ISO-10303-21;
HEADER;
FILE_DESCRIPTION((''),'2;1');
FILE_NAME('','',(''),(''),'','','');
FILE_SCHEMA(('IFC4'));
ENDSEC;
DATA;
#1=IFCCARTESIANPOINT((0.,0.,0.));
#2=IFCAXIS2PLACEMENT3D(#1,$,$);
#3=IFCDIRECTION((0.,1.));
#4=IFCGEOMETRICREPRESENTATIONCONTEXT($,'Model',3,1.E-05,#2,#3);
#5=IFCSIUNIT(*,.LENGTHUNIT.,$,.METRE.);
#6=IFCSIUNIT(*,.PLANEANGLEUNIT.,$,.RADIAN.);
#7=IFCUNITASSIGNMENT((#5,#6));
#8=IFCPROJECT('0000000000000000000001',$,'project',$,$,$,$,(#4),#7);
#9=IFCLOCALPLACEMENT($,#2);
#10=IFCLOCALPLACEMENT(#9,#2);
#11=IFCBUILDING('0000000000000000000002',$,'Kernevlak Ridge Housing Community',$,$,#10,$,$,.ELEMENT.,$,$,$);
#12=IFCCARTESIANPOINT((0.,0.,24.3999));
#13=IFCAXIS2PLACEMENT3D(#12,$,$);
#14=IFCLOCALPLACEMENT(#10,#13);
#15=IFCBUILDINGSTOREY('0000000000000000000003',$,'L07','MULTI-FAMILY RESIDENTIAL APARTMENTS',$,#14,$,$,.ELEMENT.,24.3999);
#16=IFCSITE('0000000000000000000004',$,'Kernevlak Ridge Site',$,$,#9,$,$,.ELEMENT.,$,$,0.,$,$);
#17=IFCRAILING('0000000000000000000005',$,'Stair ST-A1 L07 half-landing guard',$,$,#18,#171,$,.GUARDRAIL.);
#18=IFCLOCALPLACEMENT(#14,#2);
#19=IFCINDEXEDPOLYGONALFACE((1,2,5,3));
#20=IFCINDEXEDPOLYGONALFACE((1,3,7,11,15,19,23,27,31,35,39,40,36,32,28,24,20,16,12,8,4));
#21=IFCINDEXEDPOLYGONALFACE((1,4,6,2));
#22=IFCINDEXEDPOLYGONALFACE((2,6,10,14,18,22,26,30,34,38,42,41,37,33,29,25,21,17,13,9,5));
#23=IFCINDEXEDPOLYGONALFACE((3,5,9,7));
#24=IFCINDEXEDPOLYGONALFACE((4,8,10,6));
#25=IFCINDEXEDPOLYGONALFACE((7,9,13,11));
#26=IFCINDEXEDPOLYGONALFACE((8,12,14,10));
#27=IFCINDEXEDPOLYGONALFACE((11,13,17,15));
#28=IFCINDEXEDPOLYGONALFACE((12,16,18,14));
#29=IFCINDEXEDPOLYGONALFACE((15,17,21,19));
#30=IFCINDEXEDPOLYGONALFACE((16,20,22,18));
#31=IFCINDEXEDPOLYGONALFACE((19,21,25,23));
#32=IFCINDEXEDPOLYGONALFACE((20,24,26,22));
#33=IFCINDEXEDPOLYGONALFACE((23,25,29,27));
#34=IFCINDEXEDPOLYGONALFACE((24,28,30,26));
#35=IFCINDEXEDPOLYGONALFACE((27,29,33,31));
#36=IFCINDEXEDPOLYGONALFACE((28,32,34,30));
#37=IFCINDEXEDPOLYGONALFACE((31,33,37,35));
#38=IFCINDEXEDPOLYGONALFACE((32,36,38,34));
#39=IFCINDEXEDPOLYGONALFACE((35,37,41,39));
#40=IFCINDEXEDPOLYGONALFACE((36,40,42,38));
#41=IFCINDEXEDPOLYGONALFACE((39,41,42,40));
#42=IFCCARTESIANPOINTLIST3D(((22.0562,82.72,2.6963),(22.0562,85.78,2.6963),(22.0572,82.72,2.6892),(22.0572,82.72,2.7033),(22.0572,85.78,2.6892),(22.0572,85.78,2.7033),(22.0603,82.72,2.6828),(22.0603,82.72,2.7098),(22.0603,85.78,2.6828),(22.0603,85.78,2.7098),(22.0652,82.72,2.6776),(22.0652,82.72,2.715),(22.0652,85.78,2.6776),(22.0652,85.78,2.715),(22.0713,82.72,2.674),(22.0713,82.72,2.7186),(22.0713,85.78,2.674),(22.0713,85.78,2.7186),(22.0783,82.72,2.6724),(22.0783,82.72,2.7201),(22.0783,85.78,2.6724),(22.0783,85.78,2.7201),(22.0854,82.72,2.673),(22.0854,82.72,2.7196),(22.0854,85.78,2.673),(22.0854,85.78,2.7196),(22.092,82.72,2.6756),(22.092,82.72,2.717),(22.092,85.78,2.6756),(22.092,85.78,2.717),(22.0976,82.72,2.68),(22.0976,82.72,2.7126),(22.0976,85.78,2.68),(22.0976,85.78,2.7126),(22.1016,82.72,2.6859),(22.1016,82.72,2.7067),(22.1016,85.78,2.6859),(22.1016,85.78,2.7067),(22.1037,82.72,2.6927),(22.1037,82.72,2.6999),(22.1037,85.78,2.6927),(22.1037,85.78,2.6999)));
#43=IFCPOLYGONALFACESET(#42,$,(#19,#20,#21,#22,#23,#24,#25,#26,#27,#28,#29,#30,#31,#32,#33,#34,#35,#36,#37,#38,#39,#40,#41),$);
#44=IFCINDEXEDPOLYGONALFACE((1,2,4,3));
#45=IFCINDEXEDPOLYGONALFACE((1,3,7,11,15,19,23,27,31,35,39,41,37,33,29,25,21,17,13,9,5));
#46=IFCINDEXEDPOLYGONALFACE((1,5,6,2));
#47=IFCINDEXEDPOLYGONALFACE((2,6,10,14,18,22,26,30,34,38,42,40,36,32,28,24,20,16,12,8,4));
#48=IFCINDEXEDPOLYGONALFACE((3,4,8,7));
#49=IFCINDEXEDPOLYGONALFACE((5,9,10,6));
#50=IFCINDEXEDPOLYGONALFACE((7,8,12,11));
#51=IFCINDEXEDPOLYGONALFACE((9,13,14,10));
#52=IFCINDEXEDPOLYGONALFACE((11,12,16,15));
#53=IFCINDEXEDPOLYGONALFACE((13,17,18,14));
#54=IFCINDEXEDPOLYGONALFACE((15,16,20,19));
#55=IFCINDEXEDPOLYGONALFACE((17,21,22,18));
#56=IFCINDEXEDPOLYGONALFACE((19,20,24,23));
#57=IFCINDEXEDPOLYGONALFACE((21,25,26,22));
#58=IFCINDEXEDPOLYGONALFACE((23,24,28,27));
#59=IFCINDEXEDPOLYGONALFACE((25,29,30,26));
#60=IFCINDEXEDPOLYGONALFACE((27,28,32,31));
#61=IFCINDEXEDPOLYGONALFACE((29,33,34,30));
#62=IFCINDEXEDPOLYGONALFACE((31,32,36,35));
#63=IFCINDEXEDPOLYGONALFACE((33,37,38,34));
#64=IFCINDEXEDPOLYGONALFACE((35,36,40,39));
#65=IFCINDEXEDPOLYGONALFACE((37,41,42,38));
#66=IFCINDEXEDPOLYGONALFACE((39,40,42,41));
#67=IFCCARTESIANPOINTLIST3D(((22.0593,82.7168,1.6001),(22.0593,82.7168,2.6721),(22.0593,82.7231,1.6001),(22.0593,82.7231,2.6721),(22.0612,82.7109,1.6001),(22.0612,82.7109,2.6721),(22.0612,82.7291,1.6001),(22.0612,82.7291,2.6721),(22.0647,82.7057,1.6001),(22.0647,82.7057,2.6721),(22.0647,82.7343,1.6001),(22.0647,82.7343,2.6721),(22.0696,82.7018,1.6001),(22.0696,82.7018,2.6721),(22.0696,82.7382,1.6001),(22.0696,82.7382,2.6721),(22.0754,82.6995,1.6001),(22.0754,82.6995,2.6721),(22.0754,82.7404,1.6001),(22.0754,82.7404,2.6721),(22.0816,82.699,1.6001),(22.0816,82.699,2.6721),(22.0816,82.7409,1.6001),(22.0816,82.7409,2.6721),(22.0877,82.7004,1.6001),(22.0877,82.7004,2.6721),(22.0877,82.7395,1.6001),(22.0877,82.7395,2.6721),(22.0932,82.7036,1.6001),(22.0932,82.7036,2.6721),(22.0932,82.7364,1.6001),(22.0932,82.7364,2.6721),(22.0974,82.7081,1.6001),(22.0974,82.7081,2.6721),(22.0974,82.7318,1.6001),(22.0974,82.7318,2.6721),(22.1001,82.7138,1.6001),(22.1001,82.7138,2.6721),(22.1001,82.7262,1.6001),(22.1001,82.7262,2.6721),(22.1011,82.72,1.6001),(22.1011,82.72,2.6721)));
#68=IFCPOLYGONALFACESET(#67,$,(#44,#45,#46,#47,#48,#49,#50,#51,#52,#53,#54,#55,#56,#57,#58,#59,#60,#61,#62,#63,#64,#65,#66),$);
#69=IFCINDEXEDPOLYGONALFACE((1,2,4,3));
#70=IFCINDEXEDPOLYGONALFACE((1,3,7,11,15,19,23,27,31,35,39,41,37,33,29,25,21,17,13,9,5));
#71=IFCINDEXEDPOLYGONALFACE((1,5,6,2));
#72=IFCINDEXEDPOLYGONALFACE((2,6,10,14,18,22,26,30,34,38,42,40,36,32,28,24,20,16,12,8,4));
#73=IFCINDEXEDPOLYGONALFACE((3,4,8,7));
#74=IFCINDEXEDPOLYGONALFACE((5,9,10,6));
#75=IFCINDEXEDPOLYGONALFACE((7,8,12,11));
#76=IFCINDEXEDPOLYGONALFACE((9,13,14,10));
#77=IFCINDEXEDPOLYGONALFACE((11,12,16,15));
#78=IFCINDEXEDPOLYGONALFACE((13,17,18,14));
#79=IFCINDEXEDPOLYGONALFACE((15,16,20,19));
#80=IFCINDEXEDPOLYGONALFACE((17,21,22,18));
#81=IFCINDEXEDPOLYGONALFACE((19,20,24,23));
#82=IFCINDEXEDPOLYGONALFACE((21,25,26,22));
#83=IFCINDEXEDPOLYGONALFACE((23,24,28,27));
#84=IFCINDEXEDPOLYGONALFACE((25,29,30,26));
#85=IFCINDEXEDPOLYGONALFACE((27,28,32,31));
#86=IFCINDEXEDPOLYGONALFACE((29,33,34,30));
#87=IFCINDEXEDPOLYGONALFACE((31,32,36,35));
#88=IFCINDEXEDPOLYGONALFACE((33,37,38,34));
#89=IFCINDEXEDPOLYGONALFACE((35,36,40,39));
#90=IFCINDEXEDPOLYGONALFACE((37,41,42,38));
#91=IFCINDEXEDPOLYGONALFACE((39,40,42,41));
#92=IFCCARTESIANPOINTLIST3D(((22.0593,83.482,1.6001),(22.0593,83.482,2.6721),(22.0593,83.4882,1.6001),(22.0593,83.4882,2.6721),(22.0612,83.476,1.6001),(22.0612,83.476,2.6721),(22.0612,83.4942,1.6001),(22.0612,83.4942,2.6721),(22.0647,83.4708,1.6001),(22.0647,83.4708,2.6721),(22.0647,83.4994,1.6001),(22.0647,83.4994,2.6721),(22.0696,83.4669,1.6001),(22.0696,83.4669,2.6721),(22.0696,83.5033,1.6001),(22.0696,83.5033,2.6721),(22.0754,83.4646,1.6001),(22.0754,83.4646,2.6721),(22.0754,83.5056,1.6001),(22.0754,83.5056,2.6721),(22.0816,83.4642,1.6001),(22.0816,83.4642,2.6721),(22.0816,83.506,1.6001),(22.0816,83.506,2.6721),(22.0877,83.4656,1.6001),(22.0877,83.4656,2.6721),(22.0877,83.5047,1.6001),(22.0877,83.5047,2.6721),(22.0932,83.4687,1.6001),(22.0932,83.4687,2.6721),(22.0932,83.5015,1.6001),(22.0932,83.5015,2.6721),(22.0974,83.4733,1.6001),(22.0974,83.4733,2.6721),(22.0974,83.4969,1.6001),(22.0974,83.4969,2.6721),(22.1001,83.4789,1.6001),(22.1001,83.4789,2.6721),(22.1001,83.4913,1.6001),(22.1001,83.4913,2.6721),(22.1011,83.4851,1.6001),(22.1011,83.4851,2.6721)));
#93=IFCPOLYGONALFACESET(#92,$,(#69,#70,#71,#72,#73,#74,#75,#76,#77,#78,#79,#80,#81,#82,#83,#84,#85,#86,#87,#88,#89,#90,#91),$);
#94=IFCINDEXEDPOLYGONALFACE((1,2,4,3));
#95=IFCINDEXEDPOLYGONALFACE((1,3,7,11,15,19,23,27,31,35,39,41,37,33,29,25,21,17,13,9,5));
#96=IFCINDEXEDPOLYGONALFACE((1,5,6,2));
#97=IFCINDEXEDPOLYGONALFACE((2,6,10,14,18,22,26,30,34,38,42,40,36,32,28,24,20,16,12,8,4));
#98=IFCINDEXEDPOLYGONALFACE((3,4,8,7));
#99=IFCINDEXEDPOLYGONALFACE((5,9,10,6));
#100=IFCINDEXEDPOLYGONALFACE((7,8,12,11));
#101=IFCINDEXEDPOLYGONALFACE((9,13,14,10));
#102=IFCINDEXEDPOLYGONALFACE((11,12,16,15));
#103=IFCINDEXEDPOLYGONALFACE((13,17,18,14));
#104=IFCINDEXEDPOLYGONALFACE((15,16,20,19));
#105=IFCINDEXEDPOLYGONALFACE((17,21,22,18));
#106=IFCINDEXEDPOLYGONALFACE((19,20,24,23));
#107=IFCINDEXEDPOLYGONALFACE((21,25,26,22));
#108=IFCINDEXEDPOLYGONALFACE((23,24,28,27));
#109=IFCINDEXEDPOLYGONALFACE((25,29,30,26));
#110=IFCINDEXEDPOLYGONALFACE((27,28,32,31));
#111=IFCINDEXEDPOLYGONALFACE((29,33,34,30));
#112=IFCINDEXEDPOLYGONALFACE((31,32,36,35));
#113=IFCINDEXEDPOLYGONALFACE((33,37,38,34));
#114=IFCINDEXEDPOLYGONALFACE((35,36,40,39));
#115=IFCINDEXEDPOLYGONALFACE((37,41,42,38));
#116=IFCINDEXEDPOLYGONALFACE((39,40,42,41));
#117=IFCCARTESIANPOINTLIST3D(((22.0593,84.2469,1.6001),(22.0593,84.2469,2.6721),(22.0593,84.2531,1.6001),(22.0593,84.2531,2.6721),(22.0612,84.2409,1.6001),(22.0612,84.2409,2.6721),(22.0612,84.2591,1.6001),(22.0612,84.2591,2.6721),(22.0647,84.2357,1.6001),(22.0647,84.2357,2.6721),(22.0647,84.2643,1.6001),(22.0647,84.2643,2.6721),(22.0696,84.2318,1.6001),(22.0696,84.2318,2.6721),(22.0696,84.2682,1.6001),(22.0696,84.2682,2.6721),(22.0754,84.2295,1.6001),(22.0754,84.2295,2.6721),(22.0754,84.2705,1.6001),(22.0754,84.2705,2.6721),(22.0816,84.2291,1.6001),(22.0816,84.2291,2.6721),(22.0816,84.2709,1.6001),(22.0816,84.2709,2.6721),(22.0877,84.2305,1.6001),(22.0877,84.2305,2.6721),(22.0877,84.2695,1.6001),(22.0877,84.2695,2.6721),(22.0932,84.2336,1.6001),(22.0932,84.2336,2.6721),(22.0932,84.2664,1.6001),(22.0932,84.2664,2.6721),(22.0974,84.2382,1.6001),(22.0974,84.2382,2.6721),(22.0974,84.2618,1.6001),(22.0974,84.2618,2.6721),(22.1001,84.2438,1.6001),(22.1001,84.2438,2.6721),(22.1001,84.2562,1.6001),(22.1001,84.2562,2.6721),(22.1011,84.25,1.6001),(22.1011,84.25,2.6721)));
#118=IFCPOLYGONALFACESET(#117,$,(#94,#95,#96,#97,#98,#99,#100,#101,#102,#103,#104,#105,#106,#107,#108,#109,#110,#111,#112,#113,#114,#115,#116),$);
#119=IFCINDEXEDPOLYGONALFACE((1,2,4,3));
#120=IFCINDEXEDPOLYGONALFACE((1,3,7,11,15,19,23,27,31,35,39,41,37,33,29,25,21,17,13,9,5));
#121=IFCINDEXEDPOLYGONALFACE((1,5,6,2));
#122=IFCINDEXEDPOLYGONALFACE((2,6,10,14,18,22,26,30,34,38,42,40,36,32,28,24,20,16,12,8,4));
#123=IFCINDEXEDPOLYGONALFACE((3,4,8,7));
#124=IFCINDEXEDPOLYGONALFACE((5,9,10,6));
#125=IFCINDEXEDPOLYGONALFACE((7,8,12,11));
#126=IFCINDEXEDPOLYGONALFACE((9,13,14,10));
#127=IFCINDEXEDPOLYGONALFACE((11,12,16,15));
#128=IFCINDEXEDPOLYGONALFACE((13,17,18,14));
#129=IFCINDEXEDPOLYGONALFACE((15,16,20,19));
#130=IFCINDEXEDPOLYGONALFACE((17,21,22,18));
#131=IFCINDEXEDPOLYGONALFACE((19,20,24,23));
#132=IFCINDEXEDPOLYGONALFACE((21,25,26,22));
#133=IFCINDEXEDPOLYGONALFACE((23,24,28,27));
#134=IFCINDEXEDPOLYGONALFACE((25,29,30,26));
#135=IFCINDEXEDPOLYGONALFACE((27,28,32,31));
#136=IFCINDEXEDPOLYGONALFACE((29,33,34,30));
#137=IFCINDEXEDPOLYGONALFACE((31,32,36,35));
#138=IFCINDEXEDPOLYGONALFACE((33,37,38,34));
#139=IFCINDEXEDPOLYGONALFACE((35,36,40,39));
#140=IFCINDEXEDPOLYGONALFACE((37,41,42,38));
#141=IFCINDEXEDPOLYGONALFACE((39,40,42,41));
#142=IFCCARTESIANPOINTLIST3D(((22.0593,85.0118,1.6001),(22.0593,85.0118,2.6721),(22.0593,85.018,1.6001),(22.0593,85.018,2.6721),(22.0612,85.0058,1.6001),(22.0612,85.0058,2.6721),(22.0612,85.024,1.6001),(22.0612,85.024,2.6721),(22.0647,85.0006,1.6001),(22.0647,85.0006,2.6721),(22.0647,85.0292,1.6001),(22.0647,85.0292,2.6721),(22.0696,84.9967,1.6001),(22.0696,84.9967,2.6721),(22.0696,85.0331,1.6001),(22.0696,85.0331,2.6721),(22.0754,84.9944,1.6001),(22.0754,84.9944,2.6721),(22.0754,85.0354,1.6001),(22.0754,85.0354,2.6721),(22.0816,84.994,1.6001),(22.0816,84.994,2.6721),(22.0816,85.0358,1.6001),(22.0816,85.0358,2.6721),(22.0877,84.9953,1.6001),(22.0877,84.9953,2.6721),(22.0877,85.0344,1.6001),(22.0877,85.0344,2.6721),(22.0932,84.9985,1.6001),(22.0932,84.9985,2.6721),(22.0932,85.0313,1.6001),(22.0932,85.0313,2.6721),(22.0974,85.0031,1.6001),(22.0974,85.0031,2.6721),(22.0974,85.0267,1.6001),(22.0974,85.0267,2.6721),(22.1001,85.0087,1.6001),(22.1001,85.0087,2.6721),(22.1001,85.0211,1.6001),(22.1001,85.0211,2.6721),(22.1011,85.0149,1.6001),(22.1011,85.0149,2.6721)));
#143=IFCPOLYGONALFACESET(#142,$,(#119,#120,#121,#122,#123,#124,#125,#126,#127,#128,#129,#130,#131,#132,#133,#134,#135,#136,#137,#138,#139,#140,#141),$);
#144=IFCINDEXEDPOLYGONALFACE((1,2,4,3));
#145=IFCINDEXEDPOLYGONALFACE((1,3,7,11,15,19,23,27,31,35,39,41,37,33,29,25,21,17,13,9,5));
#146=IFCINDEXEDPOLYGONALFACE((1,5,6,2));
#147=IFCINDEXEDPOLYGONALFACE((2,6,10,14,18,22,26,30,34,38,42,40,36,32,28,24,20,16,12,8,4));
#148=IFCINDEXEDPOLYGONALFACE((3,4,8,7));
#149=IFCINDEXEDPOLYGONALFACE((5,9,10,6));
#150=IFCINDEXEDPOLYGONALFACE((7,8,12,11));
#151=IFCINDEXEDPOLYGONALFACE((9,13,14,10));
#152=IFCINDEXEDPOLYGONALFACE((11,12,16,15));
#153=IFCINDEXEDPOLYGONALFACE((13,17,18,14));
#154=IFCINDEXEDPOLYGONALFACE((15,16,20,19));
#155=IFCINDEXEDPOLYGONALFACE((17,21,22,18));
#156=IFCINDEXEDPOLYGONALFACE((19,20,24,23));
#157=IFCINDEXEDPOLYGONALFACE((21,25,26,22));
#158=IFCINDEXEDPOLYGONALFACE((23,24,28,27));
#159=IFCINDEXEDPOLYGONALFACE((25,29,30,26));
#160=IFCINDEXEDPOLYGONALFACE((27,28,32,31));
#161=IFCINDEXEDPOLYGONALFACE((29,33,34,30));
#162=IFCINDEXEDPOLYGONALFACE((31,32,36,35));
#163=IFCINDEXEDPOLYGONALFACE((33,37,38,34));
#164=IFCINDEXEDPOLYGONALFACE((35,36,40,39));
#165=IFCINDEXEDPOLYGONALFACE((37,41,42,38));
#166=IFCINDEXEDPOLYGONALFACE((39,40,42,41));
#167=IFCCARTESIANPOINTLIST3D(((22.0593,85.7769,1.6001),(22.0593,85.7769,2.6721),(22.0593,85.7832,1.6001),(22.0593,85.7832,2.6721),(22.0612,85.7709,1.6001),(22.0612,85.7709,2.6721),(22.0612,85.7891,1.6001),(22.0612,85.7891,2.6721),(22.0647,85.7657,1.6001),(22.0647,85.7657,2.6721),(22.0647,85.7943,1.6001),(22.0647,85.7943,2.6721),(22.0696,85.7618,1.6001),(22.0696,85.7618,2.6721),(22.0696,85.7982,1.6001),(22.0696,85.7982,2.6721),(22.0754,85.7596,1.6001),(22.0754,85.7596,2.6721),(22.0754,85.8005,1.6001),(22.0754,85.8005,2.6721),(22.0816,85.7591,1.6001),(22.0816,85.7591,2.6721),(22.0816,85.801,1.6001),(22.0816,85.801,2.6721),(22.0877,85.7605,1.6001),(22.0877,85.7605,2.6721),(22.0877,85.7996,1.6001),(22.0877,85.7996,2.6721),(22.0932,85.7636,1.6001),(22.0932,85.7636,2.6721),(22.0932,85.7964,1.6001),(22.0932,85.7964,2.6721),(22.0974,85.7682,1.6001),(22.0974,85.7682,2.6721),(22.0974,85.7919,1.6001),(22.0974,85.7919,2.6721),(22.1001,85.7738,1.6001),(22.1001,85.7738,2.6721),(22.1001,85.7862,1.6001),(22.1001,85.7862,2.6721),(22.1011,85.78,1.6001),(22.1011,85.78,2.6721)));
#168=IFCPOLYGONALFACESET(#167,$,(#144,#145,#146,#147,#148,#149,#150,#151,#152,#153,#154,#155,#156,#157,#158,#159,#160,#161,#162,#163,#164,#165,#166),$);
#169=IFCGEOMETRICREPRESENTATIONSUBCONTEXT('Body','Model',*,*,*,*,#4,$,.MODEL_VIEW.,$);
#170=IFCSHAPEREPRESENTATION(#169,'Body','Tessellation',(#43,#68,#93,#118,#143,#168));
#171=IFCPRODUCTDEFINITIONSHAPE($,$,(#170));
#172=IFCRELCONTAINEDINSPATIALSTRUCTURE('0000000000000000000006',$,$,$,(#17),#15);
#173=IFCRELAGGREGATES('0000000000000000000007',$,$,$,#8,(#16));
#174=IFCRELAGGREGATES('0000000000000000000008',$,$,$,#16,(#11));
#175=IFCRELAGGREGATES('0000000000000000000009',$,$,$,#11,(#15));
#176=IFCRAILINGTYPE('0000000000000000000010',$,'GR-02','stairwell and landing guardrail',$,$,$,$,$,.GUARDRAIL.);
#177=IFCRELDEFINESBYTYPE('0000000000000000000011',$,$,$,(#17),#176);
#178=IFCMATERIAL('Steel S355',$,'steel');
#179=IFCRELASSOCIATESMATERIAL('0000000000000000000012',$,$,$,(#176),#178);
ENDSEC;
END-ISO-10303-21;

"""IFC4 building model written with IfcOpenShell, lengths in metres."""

from ifc_helpers import new_model, si_unit, direction, frame, origin, origin_2d, place, context, subcontext, project, spatial, circle, extrude, material, type_object, element, save


model = new_model("IFC4")

# Units and contexts
model_context = context("Model", 3, precision=1e-05, world=origin(), true_north=direction((0.0, 1.0)))
body_context = subcontext(model_context, "Body", "Model", "MODEL_VIEW")
ifc_project = project(units=[si_unit("LENGTHUNIT", "METRE"), si_unit("PLANEANGLEUNIT", "RADIAN")], contexts=[model_context])

# Site, building, storey
site_placement = place(None, origin())
site = spatial("IfcSite", under=ifc_project, at=site_placement, Name="Kernevlak Ridge Site", CompositionType="ELEMENT", RefElevation=0.0)
building_placement = place(site_placement, origin())
building = spatial("IfcBuilding", under=site, at=building_placement, Name="Kernevlak Ridge Housing Community", CompositionType="ELEMENT")
storey_placement = place(building_placement, frame((0.0, 0.0, 24.3999)))
storey = spatial("IfcBuildingStorey", under=building, at=storey_placement, Name="L07", Description="MULTI-FAMILY RESIDENTIAL APARTMENTS", CompositionType="ELEMENT", Elevation=24.3999)

# Railing
ifc_material_1 = material(Name="Steel S355", Category="steel")
railing_type_1 = type_object("IfcRailingType", Name="GR-02", Description="stairwell and landing guardrail", PredefinedType="GUARDRAIL", material=ifc_material_1)
railing_1_placement = place(storey_placement, frame((22.0801, 82.72, 1.6001)))
element("IfcRailing", 1, at=railing_1_placement, inside=storey, type_object=railing_type_1, Name="Stair ST-A1 L07 half-landing guard", PredefinedType="GUARDRAIL", context=body_context, shape_type="SweptSolid", body=[
    extrude(circle(Radius=0.0239, at=origin_2d()), frame((0.0, 0.0, 1.0962), z_axis=(0.0, 1.0, 0.0), x_axis=(-1.0, 0.0, 0.0)), (0.0, 0.0, 1.0), 3.0601),
    extrude(circle(Radius=0.021, at=origin_2d()), origin(), (0.0, 0.0, 1.0), 1.072),
    extrude(circle(Radius=0.021, at=origin_2d()), frame((0.0, 0.7651, 0.0)), (0.0, 0.0, 1.0), 1.072),
    extrude(circle(Radius=0.021, at=origin_2d()), frame((0.0, 1.53, 0.0)), (0.0, 0.0, 1.0), 1.072),
    extrude(circle(Radius=0.021, at=origin_2d()), frame((0.0, 2.2949, 0.0)), (0.0, 0.0, 1.0), 1.072),
    extrude(circle(Radius=0.021, at=origin_2d()), frame((0.0, 3.0601, 0.0)), (0.0, 0.0, 1.0), 1.072),
])

save(model, "model.ifc")
